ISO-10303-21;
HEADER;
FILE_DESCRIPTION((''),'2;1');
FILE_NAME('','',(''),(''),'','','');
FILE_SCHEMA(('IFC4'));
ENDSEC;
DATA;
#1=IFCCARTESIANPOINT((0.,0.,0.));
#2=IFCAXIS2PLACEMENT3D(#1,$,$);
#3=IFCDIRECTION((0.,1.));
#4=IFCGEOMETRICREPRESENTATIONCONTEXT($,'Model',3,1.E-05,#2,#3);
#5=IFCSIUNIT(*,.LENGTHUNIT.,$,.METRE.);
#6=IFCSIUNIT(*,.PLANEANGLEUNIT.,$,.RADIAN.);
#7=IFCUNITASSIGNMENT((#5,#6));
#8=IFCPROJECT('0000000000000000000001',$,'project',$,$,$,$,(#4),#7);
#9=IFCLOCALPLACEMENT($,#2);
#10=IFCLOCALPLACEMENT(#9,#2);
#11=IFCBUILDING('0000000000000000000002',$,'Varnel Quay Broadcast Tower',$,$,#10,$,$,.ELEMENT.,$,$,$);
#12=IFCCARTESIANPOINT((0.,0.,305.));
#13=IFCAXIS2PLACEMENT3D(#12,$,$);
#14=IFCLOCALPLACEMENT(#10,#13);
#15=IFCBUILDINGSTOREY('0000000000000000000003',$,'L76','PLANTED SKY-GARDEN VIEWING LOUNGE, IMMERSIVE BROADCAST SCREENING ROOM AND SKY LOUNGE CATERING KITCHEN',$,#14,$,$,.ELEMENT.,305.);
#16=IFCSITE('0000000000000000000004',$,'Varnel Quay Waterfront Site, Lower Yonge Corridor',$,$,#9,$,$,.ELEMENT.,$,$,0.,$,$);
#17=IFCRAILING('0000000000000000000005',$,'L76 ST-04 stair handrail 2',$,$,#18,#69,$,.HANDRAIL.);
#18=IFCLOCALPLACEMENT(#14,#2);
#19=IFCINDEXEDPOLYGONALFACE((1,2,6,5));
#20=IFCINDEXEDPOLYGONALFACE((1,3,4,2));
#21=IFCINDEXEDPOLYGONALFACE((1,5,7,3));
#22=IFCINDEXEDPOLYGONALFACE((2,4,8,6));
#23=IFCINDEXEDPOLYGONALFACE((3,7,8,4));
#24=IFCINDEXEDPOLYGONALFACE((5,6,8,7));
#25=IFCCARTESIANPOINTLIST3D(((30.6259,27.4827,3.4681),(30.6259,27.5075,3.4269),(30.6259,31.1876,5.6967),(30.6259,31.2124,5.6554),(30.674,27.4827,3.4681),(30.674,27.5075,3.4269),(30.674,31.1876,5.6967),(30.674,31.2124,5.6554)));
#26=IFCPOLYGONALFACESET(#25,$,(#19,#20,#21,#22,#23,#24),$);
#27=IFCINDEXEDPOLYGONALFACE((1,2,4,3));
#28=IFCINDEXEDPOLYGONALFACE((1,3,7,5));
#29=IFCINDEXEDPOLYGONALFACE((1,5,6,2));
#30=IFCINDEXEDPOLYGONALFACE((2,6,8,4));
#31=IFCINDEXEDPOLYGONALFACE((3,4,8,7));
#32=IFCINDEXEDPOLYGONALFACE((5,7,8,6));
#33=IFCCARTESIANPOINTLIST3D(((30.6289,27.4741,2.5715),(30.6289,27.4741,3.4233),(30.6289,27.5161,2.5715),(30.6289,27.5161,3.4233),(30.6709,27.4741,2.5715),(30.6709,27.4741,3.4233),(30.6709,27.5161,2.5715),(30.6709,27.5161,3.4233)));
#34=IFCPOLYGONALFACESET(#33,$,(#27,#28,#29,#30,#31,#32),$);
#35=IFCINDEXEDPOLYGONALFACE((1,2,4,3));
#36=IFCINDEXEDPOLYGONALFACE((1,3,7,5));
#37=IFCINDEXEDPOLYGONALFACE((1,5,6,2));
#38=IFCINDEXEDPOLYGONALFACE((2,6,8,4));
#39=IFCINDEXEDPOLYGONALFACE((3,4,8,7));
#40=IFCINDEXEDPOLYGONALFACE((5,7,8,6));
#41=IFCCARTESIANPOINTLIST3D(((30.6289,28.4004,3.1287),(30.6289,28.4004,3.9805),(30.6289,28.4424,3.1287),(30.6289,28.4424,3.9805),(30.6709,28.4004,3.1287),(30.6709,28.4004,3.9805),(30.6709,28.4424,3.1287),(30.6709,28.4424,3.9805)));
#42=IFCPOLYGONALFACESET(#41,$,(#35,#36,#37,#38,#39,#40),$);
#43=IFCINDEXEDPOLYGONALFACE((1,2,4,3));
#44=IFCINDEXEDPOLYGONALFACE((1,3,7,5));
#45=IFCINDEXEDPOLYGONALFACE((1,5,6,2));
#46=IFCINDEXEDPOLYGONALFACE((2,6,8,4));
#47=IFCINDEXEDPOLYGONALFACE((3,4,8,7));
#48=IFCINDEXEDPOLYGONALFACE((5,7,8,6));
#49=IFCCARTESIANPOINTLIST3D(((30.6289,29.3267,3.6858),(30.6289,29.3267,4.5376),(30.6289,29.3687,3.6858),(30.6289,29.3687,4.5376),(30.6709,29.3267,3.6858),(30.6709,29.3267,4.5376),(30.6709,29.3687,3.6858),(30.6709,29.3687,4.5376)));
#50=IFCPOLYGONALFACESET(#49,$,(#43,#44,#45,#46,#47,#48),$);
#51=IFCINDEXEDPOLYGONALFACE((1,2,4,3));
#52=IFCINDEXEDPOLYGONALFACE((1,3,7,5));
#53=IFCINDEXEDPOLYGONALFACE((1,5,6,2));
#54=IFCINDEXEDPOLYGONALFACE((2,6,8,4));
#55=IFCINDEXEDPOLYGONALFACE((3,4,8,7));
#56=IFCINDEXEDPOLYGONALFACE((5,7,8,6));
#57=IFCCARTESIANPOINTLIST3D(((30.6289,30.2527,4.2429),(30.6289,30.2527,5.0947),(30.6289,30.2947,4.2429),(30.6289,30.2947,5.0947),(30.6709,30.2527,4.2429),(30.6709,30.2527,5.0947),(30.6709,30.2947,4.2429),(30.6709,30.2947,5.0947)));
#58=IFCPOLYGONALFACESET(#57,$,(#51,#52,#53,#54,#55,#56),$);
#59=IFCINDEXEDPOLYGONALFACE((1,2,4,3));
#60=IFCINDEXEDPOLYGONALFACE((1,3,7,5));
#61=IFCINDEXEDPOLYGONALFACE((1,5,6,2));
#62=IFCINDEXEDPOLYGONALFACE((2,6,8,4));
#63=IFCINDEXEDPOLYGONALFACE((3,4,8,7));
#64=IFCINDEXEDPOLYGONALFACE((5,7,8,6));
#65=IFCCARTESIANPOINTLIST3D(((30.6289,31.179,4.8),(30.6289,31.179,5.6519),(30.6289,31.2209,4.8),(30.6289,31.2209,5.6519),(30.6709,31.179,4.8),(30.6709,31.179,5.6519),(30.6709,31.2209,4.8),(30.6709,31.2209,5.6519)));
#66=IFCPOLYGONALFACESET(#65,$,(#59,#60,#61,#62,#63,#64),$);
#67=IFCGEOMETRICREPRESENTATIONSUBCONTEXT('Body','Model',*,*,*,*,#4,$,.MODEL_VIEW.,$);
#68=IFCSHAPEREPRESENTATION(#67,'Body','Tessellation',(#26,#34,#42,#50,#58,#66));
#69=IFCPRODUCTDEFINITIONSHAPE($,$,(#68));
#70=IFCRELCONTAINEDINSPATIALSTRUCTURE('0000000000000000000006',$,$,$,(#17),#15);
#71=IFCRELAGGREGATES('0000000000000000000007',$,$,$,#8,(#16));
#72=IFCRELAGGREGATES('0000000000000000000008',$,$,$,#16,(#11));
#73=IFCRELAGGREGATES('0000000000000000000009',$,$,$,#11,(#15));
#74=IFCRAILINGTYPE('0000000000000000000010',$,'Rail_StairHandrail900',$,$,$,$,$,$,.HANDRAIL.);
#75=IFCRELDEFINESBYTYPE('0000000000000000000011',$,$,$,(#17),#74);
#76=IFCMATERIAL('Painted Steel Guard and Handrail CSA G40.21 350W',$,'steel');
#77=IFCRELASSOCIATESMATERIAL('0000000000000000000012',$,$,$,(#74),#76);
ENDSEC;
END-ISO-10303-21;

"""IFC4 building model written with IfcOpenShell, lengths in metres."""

from ifc_helpers import new_model, si_unit, direction, frame, origin, origin_2d, place, context, subcontext, project, spatial, rectangle, extrude, material, type_object, element, save


model = new_model("IFC4")

# Units and contexts
model_context = context("Model", 3, precision=1e-05, world=origin(), true_north=direction((0.0, 1.0)))
body_context = subcontext(model_context, "Body", "Model", "MODEL_VIEW")
ifc_project = project(units=[si_unit("LENGTHUNIT", "METRE"), si_unit("PLANEANGLEUNIT", "RADIAN")], contexts=[model_context])

# Site, building, storey
site_placement = place(None, origin())
site = spatial("IfcSite", under=ifc_project, at=site_placement, Name="Varnel Quay Waterfront Site, Lower Yonge Corridor", CompositionType="ELEMENT", RefElevation=0.0)
building_placement = place(site_placement, origin())
building = spatial("IfcBuilding", under=site, at=building_placement, Name="Varnel Quay Broadcast Tower", CompositionType="ELEMENT")
storey_placement = place(building_placement, frame((0.0, 0.0, 305.0)))
storey = spatial("IfcBuildingStorey", under=building, at=storey_placement, Name="L76", Description="PLANTED SKY-GARDEN VIEWING LOUNGE, IMMERSIVE BROADCAST SCREENING ROOM AND SKY LOUNGE CATERING KITCHEN", CompositionType="ELEMENT", Elevation=305.0)

# Railing
ifc_material_1 = material(Name="Painted Steel Guard and Handrail CSA G40.21 350W", Category="steel")
railing_type_1 = type_object("IfcRailingType", Name="Rail_StairHandrail900", PredefinedType="HANDRAIL", material=ifc_material_1)
railing_1_placement = place(storey_placement, frame((30.6499, 27.4951, 2.5715)))
element("IfcRailing", 1, at=railing_1_placement, inside=storey, type_object=railing_type_1, Name="L76 ST-04 stair handrail 2", PredefinedType="HANDRAIL", context=body_context, shape_type="SweptSolid", body=[
    extrude(rectangle(XDim=0.0481, YDim=0.0481, at=origin_2d()), frame((0.0, 0.0, 0.876), z_axis=(0.0, 0.856919, 0.51545), x_axis=(-1.0, 0.0, 0.0)), (0.0, 0.0, 1.0), 4.3235),
    extrude(rectangle(XDim=0.042, YDim=0.042, at=origin_2d()), origin(), (0.0, 0.0, 1.0), 0.8518),
    extrude(rectangle(XDim=0.042, YDim=0.042, at=origin_2d()), frame((0.0, 0.9263, 0.5571)), (0.0, 0.0, 1.0), 0.8518),
    extrude(rectangle(XDim=0.042, YDim=0.042, at=origin_2d()), frame((0.0, 1.8525, 1.1143)), (0.0, 0.0, 1.0), 0.8518),
    extrude(rectangle(XDim=0.042, YDim=0.042, at=origin_2d()), frame((0.0, 2.7786, 1.6714)), (0.0, 0.0, 1.0), 0.8518),
    extrude(rectangle(XDim=0.042, YDim=0.042, at=origin_2d()), frame((0.0, 3.7048, 2.2285)), (0.0, 0.0, 1.0), 0.8518),
])

save(model, "model.ifc")
